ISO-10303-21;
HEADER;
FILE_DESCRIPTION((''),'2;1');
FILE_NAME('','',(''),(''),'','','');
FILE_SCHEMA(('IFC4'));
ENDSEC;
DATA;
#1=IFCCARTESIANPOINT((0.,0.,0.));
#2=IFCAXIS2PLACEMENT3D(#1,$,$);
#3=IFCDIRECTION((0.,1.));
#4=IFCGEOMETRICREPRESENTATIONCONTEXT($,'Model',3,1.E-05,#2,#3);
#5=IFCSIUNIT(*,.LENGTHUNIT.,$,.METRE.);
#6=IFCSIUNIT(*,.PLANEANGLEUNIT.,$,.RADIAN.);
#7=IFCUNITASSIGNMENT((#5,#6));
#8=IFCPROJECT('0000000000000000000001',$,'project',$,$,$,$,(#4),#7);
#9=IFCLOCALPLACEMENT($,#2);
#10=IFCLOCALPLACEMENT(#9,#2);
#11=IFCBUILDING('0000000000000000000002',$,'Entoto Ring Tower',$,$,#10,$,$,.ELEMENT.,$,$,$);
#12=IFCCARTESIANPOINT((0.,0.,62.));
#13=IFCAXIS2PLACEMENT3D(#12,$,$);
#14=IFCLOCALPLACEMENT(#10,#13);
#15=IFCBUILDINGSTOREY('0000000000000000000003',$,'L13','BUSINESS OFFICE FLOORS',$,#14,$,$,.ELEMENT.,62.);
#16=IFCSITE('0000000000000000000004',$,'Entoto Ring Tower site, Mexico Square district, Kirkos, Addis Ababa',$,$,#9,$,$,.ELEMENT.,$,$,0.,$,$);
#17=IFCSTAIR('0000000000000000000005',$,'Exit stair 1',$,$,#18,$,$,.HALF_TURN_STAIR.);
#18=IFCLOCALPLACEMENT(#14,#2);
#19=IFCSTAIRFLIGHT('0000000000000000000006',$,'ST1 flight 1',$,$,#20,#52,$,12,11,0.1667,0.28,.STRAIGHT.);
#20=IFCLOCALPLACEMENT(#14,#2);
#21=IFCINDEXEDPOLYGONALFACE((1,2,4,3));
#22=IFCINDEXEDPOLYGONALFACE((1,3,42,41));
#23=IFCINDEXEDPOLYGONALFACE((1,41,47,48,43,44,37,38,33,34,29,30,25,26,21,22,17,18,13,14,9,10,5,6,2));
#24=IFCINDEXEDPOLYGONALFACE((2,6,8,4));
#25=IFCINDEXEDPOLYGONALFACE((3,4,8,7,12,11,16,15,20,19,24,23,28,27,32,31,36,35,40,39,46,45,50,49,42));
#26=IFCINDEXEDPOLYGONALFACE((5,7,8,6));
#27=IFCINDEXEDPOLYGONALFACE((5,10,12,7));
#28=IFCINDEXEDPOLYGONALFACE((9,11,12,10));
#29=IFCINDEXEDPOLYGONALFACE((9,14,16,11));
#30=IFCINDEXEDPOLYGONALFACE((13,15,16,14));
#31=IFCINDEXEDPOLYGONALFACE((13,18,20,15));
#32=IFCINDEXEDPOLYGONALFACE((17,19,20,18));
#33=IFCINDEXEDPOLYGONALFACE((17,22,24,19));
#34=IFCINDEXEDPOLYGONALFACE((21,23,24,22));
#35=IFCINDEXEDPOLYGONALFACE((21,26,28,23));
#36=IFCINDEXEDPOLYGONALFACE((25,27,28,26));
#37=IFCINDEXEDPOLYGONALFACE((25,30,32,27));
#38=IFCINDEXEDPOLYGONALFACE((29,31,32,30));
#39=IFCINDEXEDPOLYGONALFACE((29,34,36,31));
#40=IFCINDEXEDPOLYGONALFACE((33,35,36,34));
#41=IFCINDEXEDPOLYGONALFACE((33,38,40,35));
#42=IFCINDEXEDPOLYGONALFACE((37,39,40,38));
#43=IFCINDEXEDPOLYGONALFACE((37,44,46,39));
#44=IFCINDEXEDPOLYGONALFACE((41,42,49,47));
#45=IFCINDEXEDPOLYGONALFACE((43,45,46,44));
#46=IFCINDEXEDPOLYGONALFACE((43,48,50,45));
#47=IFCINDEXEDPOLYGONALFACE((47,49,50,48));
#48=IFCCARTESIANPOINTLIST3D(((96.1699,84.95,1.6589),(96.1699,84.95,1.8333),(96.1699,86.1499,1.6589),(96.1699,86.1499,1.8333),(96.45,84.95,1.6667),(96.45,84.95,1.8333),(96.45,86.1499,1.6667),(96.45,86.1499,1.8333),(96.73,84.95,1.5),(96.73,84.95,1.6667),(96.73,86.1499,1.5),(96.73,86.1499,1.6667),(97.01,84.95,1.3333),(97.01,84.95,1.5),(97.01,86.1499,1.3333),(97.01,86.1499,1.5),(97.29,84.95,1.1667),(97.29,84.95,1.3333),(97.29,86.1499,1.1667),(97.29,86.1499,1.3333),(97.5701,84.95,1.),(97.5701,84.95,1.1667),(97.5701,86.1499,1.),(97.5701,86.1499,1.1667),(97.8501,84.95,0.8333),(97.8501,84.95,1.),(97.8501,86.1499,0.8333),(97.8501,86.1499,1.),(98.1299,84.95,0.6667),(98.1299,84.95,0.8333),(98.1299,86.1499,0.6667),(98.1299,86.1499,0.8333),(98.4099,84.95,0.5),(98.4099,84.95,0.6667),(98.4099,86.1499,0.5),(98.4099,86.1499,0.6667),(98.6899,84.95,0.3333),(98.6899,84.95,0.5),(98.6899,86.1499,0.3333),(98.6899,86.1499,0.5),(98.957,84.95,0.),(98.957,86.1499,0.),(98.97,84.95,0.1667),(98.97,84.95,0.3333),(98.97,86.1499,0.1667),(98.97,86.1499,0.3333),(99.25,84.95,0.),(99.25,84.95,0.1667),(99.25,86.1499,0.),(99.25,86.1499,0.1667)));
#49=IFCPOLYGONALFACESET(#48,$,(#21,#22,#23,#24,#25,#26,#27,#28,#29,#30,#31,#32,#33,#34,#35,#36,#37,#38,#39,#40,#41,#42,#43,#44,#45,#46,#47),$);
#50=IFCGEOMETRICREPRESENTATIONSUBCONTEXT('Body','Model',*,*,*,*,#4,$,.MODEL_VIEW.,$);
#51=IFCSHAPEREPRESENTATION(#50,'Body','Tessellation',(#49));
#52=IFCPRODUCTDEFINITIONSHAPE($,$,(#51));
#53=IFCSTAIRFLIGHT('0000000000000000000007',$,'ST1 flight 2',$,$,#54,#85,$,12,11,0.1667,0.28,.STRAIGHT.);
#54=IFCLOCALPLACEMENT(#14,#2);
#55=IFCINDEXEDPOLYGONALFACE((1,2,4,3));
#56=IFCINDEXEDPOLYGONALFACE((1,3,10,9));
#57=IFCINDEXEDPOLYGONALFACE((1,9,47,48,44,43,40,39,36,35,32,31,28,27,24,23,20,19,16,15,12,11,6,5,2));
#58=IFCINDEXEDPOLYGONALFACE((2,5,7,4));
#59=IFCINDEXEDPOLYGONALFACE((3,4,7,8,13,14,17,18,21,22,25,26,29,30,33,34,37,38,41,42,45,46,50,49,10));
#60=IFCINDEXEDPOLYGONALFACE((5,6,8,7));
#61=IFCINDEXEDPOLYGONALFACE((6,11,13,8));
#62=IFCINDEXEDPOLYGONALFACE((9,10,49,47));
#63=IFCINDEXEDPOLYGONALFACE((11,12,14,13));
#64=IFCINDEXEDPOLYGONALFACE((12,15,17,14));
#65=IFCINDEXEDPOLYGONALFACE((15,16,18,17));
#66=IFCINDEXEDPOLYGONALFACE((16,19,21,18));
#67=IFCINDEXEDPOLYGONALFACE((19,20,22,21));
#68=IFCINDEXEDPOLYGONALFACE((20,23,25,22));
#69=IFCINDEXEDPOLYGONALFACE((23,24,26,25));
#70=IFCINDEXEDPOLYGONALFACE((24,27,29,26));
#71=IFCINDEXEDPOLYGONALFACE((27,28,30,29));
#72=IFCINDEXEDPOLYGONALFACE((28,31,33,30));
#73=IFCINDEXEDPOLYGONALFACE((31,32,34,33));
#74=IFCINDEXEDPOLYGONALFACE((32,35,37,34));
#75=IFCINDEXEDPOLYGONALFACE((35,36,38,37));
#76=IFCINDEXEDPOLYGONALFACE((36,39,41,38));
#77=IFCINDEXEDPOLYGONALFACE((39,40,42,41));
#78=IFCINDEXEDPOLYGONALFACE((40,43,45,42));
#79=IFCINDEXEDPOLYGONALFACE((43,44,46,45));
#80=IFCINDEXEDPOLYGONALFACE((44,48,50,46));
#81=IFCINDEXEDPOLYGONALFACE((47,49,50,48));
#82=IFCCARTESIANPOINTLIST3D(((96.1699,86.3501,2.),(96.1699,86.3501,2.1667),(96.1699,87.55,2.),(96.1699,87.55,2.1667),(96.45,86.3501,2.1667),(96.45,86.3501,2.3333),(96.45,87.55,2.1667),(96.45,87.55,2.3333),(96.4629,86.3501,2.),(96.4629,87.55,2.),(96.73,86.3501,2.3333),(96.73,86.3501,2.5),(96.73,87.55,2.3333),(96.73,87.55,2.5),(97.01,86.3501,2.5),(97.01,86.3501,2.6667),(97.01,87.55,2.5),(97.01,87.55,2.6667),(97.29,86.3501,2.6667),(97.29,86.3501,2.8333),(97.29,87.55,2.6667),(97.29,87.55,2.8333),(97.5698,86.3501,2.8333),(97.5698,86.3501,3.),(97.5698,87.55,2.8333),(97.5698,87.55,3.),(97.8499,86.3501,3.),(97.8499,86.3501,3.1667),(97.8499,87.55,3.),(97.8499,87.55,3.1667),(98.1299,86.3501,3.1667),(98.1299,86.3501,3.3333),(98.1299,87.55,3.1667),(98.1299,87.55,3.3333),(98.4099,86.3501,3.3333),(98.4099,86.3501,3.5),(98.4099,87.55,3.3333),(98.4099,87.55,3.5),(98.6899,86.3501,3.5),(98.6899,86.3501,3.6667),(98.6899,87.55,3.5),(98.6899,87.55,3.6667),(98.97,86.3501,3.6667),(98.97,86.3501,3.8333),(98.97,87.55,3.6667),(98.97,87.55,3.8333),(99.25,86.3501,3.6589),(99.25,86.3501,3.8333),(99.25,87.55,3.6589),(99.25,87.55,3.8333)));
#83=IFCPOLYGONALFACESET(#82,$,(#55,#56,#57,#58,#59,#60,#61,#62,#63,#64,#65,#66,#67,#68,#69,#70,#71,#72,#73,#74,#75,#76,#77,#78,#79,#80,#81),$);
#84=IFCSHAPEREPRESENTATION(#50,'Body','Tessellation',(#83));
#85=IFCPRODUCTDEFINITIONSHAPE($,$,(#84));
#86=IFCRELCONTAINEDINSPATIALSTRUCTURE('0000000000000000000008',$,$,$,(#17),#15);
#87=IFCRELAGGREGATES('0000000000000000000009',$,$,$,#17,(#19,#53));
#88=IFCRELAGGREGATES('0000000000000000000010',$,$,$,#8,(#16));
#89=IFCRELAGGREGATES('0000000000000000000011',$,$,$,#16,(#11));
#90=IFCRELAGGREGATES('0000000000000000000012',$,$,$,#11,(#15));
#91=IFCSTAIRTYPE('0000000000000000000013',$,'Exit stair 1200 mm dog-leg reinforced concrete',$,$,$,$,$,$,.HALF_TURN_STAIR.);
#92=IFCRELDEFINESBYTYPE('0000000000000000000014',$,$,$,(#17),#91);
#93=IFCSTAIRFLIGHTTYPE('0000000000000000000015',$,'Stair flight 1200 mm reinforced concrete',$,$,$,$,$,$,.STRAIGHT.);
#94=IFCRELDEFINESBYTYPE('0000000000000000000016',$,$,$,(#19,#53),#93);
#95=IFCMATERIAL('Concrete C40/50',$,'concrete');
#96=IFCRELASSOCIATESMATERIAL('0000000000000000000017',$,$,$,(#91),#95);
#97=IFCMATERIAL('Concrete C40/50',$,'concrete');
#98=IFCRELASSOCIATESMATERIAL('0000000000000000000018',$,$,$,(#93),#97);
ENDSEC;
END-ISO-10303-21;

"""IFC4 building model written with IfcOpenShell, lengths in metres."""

from ifc_helpers import new_model, si_unit, direction, frame, origin, place, context, subcontext, project, spatial, polyline, outline, extrude, material, type_object, element, aggregate, save


model = new_model("IFC4")

# Units and contexts
model_context = context("Model", 3, precision=1e-05, world=origin(), true_north=direction((0.0, 1.0)))
body_context = subcontext(model_context, "Body", "Model", "MODEL_VIEW")
ifc_project = project(units=[si_unit("LENGTHUNIT", "METRE"), si_unit("PLANEANGLEUNIT", "RADIAN")], contexts=[model_context])

# Site, building, storey
site_placement = place(None, origin())
site = spatial("IfcSite", under=ifc_project, at=site_placement, Name="Entoto Ring Tower site, Mexico Square district, Kirkos, Addis Ababa", CompositionType="ELEMENT", RefElevation=0.0)
building_placement = place(site_placement, origin())
building = spatial("IfcBuilding", under=site, at=building_placement, Name="Entoto Ring Tower", CompositionType="ELEMENT")
storey_placement = place(building_placement, frame((0.0, 0.0, 62.0)))
storey = spatial("IfcBuildingStorey", under=building, at=storey_placement, Name="L13", Description="BUSINESS OFFICE FLOORS", CompositionType="ELEMENT", Elevation=62.0)

# Stair, stair flights
ifc_material_1 = material(Name="Concrete C40/50", Category="concrete")
stair_type = type_object("IfcStairType", Name="Exit stair 1200 mm dog-leg reinforced concrete", PredefinedType="HALF_TURN_STAIR", material=ifc_material_1)
stair_placement = place(storey_placement, origin())
stair = element("IfcStair", 1, at=stair_placement, inside=storey, type_object=stair_type, Name="Exit stair 1", PredefinedType="HALF_TURN_STAIR")
ifc_material_2 = material(Name="Concrete C40/50", Category="concrete")
stair_flight_type = type_object("IfcStairFlightType", Name="Stair flight 1200 mm reinforced concrete", PredefinedType="STRAIGHT", material=ifc_material_2)
stair_flight_1_placement = place(storey_placement, frame((99.25, 85.55, 0.0), z_axis=(0.0, 0.0, 1.0), x_axis=(-1.0, 0.0, 0.0)))
stair_flight_1 = element("IfcStairFlight", 2, at=stair_flight_1_placement, type_object=stair_flight_type, Name="ST1 flight 1", NumberOfRisers=12, NumberOfTreads=11, PredefinedType="STRAIGHT", RiserHeight=0.1667, TreadLength=0.28, context=body_context, shape_type="SweptSolid", body=[
    extrude(outline(polyline([(0.0, 0.0), (0.0, 0.1667), (0.28, 0.1667), (0.28, 0.3333), (0.5601, 0.3333), (0.5601, 0.5), (0.8401, 0.5), (0.8401, 0.6667), (1.1201, 0.6667), (1.1201, 0.8333), (1.3999, 0.8333), (1.3999, 1.0), (1.6799, 1.0), (1.6799, 1.1667), (1.96, 1.1667), (1.96, 1.3333), (2.24, 1.3333), (2.24, 1.5), (2.52, 1.5), (2.52, 1.6667), (2.8, 1.6667), (2.8, 1.8333), (3.0801, 1.8333), (3.0801, 2.0), (3.0801, 1.6589), (0.293, 0.0), (0.0, 0.0)])), frame((0.0, 0.6001, 0.0), z_axis=(0.0, -1.0, 0.0), x_axis=(1.0, 0.0, 0.0)), (0.0, 0.0, 1.0), 1.2),
])
stair_flight_2_placement = place(storey_placement, frame((96.1699, 86.95, 2.0), z_axis=(0.0, 0.0, 1.0), x_axis=(1.0, 0.0, 0.0)))
stair_flight_2 = element("IfcStairFlight", 3, at=stair_flight_2_placement, type_object=stair_flight_type, Name="ST1 flight 2", NumberOfRisers=12, NumberOfTreads=11, PredefinedType="STRAIGHT", RiserHeight=0.1667, TreadLength=0.28, context=body_context, shape_type="SweptSolid", body=[
    extrude(outline(polyline([(0.0, 0.0), (0.0, 0.1667), (0.28, 0.1667), (0.28, 0.3333), (0.5601, 0.3333), (0.5601, 0.5), (0.8401, 0.5), (0.8401, 0.6667), (1.1201, 0.6667), (1.1201, 0.8333), (1.3999, 0.8333), (1.3999, 1.0), (1.6799, 1.0), (1.6799, 1.1667), (1.96, 1.1667), (1.96, 1.3333), (2.24, 1.3333), (2.24, 1.5), (2.52, 1.5), (2.52, 1.6667), (2.8, 1.6667), (2.8, 1.8333), (3.0801, 1.8333), (3.0801, 2.0), (3.0801, 1.6589), (0.293, 0.0), (0.0, 0.0)])), frame((0.0, 0.6001, 0.0), z_axis=(0.0, -1.0, 0.0), x_axis=(1.0, 0.0, 0.0)), (0.0, 0.0, 1.0), 1.2),
])
aggregate(stair, [stair_flight_1, stair_flight_2])

save(model, "model.ifc")
